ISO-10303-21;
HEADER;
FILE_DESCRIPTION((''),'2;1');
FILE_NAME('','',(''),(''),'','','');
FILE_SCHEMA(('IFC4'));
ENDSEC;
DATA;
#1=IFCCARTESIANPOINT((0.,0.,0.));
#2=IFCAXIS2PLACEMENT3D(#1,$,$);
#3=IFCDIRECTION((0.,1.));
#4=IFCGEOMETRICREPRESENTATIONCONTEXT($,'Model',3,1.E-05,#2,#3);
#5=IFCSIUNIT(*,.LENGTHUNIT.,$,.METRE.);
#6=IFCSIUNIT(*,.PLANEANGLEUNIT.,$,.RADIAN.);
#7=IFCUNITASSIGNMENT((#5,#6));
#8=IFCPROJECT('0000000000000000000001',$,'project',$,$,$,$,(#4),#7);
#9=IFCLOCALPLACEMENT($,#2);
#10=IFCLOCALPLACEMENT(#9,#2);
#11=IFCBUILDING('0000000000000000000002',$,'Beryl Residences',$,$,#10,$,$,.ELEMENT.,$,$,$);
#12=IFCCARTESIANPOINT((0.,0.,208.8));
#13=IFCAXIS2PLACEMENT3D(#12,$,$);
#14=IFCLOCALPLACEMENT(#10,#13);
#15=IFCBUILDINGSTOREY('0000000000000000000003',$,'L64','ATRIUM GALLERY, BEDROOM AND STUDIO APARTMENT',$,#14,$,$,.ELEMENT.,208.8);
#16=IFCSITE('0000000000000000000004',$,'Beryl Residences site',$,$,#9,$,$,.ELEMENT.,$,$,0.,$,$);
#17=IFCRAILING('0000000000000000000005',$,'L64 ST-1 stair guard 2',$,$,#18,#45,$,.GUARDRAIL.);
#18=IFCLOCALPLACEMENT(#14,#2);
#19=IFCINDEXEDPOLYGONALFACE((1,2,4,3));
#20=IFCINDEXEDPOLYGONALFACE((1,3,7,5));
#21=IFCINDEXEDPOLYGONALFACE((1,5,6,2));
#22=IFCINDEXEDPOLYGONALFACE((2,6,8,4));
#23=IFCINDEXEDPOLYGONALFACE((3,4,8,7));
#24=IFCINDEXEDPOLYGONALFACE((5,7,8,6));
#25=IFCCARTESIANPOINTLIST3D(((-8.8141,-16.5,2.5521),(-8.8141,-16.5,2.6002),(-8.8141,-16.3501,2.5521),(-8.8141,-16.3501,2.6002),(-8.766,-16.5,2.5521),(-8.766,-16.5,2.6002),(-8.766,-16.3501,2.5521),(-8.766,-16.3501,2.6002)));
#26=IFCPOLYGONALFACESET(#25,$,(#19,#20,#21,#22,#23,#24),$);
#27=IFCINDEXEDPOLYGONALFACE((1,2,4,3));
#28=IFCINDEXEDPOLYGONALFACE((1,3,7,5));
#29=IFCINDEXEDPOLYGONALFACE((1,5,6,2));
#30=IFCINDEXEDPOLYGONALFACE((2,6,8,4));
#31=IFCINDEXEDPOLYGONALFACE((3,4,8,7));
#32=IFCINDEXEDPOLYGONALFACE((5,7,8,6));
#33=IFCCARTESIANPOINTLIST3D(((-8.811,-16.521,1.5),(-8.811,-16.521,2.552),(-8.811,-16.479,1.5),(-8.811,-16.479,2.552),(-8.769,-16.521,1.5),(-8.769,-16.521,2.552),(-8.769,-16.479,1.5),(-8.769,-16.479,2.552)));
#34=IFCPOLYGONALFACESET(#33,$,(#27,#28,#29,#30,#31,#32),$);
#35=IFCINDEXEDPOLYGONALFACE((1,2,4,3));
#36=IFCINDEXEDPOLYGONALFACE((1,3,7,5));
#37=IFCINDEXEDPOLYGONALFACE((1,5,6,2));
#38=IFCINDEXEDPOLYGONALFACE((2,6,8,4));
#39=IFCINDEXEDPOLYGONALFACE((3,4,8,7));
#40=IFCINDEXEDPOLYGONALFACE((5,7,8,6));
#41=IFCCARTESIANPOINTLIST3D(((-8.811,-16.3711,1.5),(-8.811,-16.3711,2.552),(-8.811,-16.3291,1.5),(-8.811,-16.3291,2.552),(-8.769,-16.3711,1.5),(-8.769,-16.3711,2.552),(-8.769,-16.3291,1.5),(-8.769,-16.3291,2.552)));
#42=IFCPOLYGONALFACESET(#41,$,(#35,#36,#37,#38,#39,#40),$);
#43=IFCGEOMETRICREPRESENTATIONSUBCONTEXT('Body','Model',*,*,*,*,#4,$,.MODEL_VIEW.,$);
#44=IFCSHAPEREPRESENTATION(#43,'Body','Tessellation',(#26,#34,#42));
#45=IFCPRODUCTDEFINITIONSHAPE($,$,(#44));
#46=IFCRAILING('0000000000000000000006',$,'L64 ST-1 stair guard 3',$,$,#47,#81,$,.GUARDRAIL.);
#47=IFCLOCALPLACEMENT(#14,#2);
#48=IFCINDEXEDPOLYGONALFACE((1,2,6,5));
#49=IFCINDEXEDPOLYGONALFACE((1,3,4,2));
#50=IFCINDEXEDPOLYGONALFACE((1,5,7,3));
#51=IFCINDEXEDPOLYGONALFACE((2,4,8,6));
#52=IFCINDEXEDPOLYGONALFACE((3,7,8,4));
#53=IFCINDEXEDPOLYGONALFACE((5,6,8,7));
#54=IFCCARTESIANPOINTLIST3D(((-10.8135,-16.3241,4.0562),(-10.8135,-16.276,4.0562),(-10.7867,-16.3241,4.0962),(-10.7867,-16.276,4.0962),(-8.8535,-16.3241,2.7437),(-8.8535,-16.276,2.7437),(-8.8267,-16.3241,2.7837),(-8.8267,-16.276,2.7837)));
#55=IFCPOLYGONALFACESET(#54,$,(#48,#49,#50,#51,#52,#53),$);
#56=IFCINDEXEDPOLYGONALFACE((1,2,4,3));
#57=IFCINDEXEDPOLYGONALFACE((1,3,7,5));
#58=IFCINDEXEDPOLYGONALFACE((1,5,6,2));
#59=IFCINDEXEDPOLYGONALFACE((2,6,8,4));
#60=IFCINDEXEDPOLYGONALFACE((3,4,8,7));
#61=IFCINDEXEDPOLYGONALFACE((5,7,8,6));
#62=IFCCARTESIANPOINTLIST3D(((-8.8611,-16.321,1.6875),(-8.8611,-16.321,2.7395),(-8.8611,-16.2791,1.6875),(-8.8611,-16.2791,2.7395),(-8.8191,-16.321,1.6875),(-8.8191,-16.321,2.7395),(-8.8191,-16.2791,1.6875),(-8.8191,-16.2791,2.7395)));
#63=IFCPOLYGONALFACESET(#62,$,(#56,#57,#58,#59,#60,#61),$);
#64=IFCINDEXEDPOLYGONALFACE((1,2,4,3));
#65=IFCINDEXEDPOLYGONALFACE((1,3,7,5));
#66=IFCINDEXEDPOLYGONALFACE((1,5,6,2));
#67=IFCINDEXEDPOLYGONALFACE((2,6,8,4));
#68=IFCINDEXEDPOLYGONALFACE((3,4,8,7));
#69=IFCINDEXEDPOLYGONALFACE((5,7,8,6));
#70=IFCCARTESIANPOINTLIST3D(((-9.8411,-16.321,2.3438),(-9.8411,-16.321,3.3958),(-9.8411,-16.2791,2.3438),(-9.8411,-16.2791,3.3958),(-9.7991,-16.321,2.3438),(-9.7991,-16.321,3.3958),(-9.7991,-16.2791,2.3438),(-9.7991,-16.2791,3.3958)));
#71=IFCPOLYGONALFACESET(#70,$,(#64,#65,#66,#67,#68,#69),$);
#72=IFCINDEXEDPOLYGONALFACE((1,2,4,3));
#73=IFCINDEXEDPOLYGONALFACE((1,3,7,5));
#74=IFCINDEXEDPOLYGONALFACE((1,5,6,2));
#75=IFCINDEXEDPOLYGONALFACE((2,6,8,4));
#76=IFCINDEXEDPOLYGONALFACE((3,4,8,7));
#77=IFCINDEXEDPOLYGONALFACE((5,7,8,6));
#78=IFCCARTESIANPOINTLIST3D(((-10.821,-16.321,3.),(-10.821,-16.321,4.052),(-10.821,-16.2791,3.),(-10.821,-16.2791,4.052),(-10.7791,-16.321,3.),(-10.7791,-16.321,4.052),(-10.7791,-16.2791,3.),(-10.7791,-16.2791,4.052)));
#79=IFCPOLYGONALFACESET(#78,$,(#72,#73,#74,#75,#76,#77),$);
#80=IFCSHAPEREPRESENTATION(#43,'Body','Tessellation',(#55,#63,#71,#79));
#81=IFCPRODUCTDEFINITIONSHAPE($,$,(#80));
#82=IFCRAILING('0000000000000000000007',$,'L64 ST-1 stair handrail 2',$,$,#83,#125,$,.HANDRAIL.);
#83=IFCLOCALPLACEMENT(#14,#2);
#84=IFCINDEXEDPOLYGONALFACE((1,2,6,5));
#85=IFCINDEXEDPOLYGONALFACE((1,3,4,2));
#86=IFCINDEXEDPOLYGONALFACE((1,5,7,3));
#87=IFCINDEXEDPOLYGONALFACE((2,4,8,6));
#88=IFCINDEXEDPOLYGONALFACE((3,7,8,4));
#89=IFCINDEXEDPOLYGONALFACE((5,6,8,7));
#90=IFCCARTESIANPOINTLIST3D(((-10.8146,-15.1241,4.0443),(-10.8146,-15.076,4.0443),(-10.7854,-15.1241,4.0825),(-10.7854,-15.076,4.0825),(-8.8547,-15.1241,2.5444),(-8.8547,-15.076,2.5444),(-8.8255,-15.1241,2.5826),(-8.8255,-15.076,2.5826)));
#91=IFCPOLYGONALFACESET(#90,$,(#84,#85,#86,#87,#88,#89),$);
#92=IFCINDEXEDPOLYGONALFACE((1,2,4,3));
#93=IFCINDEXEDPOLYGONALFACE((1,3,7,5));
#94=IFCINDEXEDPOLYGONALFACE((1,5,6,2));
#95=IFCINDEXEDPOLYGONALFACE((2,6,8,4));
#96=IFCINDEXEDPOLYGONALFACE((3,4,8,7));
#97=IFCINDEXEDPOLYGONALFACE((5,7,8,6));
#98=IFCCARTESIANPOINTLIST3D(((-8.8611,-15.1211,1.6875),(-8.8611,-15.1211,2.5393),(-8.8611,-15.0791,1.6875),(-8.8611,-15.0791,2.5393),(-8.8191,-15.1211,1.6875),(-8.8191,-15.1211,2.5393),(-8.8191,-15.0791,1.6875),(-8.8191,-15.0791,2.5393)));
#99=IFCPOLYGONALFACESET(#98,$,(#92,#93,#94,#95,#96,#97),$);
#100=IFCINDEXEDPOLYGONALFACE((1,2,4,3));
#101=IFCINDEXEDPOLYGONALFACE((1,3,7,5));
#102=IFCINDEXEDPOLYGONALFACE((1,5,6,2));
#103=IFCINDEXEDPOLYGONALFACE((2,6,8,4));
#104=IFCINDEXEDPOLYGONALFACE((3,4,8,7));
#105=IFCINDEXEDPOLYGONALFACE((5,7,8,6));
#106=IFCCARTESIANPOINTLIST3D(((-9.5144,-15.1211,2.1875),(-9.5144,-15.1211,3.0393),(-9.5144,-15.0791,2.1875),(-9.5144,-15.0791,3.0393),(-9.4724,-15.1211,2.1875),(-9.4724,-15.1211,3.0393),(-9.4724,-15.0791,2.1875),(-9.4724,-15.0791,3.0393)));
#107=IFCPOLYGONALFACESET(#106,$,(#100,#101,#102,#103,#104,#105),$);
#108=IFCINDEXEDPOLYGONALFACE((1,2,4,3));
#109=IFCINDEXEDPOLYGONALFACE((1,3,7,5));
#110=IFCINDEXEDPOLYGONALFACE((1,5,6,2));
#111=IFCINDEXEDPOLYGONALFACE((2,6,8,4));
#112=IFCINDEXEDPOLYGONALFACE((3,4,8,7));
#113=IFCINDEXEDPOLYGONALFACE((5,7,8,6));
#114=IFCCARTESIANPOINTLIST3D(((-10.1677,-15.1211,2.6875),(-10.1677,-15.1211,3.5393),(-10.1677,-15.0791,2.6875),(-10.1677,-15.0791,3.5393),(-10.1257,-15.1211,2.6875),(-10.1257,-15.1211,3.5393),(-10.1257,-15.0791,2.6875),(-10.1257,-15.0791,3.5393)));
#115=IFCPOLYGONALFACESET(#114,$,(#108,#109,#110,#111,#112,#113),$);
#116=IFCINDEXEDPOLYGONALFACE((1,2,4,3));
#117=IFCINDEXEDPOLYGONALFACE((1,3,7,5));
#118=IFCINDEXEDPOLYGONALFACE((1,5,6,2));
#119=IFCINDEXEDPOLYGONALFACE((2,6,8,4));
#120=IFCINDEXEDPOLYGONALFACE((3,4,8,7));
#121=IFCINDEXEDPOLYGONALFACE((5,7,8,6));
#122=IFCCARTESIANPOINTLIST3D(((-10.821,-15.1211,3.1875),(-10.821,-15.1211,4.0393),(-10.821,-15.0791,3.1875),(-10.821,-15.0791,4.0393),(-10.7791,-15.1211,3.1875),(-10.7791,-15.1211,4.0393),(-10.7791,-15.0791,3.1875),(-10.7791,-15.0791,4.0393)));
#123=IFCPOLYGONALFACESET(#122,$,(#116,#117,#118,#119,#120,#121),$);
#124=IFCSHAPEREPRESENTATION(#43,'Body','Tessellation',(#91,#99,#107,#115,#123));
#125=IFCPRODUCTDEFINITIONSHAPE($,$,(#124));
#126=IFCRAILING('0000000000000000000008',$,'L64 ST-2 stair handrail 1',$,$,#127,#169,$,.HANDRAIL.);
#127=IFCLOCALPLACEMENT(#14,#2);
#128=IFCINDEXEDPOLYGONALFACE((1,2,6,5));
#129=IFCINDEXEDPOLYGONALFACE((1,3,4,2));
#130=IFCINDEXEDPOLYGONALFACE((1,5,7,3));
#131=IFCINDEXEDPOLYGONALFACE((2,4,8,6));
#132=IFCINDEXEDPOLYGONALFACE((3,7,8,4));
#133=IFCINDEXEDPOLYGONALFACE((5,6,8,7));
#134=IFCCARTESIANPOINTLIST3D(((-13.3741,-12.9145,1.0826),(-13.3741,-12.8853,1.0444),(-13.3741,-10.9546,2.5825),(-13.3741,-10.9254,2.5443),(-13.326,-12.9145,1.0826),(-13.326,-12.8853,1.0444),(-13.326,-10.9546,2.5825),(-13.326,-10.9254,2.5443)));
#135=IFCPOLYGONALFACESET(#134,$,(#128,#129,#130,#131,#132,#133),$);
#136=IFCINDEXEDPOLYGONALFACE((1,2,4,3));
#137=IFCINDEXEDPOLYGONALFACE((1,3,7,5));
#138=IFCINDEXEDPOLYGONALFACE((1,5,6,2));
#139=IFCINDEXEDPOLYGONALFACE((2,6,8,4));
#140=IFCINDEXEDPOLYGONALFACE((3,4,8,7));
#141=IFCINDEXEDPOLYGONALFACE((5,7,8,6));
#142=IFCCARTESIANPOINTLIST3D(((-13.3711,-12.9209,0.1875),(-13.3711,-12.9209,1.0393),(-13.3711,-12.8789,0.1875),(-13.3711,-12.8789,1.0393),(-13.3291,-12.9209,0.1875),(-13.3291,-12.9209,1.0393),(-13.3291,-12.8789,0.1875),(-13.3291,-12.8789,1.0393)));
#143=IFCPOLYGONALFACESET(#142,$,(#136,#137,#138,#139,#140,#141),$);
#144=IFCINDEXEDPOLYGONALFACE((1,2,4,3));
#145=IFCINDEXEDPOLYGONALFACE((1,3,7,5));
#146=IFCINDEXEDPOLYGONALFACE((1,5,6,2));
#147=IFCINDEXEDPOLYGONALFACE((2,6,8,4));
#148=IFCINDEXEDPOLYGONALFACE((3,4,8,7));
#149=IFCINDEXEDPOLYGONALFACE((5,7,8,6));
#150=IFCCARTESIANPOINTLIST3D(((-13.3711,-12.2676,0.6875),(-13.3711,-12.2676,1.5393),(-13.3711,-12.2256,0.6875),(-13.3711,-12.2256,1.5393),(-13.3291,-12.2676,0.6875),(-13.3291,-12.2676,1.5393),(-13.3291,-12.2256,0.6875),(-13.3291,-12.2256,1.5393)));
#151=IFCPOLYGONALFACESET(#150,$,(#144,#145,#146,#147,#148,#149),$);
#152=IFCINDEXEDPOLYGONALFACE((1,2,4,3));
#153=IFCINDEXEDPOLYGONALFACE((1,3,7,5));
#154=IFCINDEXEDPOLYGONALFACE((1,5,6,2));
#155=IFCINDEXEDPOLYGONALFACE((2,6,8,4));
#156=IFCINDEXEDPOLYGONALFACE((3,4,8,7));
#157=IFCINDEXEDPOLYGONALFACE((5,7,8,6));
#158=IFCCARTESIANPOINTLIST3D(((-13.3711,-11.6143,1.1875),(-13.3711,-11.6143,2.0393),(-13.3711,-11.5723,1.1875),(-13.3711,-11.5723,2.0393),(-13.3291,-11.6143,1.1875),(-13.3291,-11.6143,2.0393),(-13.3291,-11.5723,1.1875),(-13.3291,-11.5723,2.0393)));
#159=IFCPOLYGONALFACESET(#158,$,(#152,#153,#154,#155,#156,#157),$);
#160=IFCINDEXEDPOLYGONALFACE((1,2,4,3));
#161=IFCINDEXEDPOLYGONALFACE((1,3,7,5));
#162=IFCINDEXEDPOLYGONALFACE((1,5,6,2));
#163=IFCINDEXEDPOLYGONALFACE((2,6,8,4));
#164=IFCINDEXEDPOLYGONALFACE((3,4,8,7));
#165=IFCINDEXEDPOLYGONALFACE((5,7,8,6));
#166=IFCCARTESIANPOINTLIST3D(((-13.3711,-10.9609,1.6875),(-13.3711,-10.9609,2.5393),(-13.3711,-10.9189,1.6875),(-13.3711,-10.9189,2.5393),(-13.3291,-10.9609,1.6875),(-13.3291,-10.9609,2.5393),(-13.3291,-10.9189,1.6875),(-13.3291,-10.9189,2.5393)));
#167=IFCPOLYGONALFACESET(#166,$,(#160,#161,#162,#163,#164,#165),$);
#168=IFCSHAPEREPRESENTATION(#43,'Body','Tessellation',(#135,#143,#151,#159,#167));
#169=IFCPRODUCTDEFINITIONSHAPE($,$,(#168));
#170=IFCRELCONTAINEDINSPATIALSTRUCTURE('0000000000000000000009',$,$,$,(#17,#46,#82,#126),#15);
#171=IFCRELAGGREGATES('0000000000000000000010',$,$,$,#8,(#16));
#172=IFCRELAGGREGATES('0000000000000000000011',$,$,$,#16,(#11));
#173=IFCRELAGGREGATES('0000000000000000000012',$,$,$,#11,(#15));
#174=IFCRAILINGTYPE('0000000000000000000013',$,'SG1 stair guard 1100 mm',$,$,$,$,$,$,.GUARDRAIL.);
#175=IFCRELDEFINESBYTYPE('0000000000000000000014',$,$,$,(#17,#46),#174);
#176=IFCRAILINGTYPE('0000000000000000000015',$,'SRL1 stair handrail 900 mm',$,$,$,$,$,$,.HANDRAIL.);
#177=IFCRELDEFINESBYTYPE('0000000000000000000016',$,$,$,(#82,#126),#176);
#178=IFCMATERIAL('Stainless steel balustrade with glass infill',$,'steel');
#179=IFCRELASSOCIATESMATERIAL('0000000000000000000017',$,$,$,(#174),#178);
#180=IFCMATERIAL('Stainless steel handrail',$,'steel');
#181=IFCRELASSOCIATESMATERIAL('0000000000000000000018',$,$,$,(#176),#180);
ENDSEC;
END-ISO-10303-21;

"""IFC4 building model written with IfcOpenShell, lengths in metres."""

from ifc_helpers import new_model, si_unit, direction, frame, origin, origin_2d, place, context, subcontext, project, spatial, rectangle, extrude, material, type_object, element, save


model = new_model("IFC4")

# Units and contexts
model_context = context("Model", 3, precision=1e-05, world=origin(), true_north=direction((0.0, 1.0)))
body_context = subcontext(model_context, "Body", "Model", "MODEL_VIEW")
ifc_project = project(units=[si_unit("LENGTHUNIT", "METRE"), si_unit("PLANEANGLEUNIT", "RADIAN")], contexts=[model_context])

# Site, building, storey
site_placement = place(None, origin())
site = spatial("IfcSite", under=ifc_project, at=site_placement, Name="Beryl Residences site", CompositionType="ELEMENT", RefElevation=0.0)
building_placement = place(site_placement, origin())
building = spatial("IfcBuilding", under=site, at=building_placement, Name="Beryl Residences", CompositionType="ELEMENT")
storey_placement = place(building_placement, frame((0.0, 0.0, 208.8)))
storey = spatial("IfcBuildingStorey", under=building, at=storey_placement, Name="L64", Description="ATRIUM GALLERY, BEDROOM AND STUDIO APARTMENT", CompositionType="ELEMENT", Elevation=208.8)

# Railings
ifc_material_1 = material(Name="Stainless steel balustrade with glass infill", Category="steel")
railing_type_1 = type_object("IfcRailingType", Name="SG1 stair guard 1100 mm", PredefinedType="GUARDRAIL", material=ifc_material_1)
railing_1_placement = place(storey_placement, frame((-8.79, -16.5, 1.5)))
element("IfcRailing", 1, at=railing_1_placement, inside=storey, type_object=railing_type_1, Name="L64 ST-1 stair guard 2", PredefinedType="GUARDRAIL", context=body_context, shape_type="SweptSolid", body=[
    extrude(rectangle(XDim=0.0481, YDim=0.0481, at=origin_2d()), frame((0.0, 0.0, 1.0762), z_axis=(0.0, 1.0, 0.0), x_axis=(-1.0, 0.0, 0.0)), (0.0, 0.0, 1.0), 0.1499),
    extrude(rectangle(XDim=0.042, YDim=0.042, at=origin_2d()), origin(), (0.0, 0.0, 1.0), 1.052),
    extrude(rectangle(XDim=0.042, YDim=0.042, at=origin_2d()), frame((0.0, 0.1499, 0.0)), (0.0, 0.0, 1.0), 1.052),
])
railing_2_placement = place(storey_placement, frame((-8.8401, -16.3, 1.6875)))
element("IfcRailing", 2, at=railing_2_placement, inside=storey, type_object=railing_type_1, Name="L64 ST-1 stair guard 3", PredefinedType="GUARDRAIL", context=body_context, shape_type="SweptSolid", body=[
    extrude(rectangle(XDim=0.0481, YDim=0.0481, at=origin_2d()), frame((0.0, 0.0, 1.0762), z_axis=(-0.830902, 0.0, 0.556419), x_axis=(0.0, -1.0, 0.0)), (0.0, 0.0, 1.0), 2.3589),
    extrude(rectangle(XDim=0.042, YDim=0.042, at=origin_2d()), origin(), (0.0, 0.0, 1.0), 1.052),
    extrude(rectangle(XDim=0.042, YDim=0.042, at=origin_2d()), frame((-0.98, 0.0, 0.6562)), (0.0, 0.0, 1.0), 1.052),
    extrude(rectangle(XDim=0.042, YDim=0.042, at=origin_2d()), frame((-1.96, 0.0, 1.3125)), (0.0, 0.0, 1.0), 1.052),
])
ifc_material_2 = material(Name="Stainless steel handrail", Category="steel")
railing_type_2 = type_object("IfcRailingType", Name="SRL1 stair handrail 900 mm", PredefinedType="HANDRAIL", material=ifc_material_2)
railing_3_placement = place(storey_placement, frame((-8.8401, -15.1001, 1.6875)))
element("IfcRailing", 3, at=railing_3_placement, inside=storey, type_object=railing_type_2, Name="L64 ST-1 stair handrail 2", PredefinedType="HANDRAIL", context=body_context, shape_type="SweptSolid", body=[
    extrude(rectangle(XDim=0.0481, YDim=0.0481, at=origin_2d()), frame((0.0, 0.0, 0.876), z_axis=(-0.794122, 0.0, 0.607758), x_axis=(0.0, -1.0, 0.0)), (0.0, 0.0, 1.0), 2.468),
    extrude(rectangle(XDim=0.042, YDim=0.042, at=origin_2d()), origin(), (0.0, 0.0, 1.0), 0.8518),
    extrude(rectangle(XDim=0.042, YDim=0.042, at=origin_2d()), frame((-0.6533, 0.0, 0.5)), (0.0, 0.0, 1.0), 0.8518),
    extrude(rectangle(XDim=0.042, YDim=0.042, at=origin_2d()), frame((-1.3066, 0.0, 1.0)), (0.0, 0.0, 1.0), 0.8518),
    extrude(rectangle(XDim=0.042, YDim=0.042, at=origin_2d()), frame((-1.96, 0.0, 1.5)), (0.0, 0.0, 1.0), 0.8518),
])
railing_4_placement = place(storey_placement, frame((-13.3501, -12.8999, 0.1875)))
element("IfcRailing", 4, at=railing_4_placement, inside=storey, type_object=railing_type_2, Name="L64 ST-2 stair handrail 1", PredefinedType="HANDRAIL", context=body_context, shape_type="SweptSolid", body=[
    extrude(rectangle(XDim=0.0481, YDim=0.0481, at=origin_2d()), frame((0.0, 0.0, 0.876), z_axis=(0.0, 0.794122, 0.607758), x_axis=(-1.0, 0.0, 0.0)), (0.0, 0.0, 1.0), 2.468),
    extrude(rectangle(XDim=0.042, YDim=0.042, at=origin_2d()), origin(), (0.0, 0.0, 1.0), 0.8518),
    extrude(rectangle(XDim=0.042, YDim=0.042, at=origin_2d()), frame((0.0, 0.6533, 0.5)), (0.0, 0.0, 1.0), 0.8518),
    extrude(rectangle(XDim=0.042, YDim=0.042, at=origin_2d()), frame((0.0, 1.3066, 1.0)), (0.0, 0.0, 1.0), 0.8518),
    extrude(rectangle(XDim=0.042, YDim=0.042, at=origin_2d()), frame((0.0, 1.96, 1.5)), (0.0, 0.0, 1.0), 0.8518),
])

save(model, "model.ifc")
